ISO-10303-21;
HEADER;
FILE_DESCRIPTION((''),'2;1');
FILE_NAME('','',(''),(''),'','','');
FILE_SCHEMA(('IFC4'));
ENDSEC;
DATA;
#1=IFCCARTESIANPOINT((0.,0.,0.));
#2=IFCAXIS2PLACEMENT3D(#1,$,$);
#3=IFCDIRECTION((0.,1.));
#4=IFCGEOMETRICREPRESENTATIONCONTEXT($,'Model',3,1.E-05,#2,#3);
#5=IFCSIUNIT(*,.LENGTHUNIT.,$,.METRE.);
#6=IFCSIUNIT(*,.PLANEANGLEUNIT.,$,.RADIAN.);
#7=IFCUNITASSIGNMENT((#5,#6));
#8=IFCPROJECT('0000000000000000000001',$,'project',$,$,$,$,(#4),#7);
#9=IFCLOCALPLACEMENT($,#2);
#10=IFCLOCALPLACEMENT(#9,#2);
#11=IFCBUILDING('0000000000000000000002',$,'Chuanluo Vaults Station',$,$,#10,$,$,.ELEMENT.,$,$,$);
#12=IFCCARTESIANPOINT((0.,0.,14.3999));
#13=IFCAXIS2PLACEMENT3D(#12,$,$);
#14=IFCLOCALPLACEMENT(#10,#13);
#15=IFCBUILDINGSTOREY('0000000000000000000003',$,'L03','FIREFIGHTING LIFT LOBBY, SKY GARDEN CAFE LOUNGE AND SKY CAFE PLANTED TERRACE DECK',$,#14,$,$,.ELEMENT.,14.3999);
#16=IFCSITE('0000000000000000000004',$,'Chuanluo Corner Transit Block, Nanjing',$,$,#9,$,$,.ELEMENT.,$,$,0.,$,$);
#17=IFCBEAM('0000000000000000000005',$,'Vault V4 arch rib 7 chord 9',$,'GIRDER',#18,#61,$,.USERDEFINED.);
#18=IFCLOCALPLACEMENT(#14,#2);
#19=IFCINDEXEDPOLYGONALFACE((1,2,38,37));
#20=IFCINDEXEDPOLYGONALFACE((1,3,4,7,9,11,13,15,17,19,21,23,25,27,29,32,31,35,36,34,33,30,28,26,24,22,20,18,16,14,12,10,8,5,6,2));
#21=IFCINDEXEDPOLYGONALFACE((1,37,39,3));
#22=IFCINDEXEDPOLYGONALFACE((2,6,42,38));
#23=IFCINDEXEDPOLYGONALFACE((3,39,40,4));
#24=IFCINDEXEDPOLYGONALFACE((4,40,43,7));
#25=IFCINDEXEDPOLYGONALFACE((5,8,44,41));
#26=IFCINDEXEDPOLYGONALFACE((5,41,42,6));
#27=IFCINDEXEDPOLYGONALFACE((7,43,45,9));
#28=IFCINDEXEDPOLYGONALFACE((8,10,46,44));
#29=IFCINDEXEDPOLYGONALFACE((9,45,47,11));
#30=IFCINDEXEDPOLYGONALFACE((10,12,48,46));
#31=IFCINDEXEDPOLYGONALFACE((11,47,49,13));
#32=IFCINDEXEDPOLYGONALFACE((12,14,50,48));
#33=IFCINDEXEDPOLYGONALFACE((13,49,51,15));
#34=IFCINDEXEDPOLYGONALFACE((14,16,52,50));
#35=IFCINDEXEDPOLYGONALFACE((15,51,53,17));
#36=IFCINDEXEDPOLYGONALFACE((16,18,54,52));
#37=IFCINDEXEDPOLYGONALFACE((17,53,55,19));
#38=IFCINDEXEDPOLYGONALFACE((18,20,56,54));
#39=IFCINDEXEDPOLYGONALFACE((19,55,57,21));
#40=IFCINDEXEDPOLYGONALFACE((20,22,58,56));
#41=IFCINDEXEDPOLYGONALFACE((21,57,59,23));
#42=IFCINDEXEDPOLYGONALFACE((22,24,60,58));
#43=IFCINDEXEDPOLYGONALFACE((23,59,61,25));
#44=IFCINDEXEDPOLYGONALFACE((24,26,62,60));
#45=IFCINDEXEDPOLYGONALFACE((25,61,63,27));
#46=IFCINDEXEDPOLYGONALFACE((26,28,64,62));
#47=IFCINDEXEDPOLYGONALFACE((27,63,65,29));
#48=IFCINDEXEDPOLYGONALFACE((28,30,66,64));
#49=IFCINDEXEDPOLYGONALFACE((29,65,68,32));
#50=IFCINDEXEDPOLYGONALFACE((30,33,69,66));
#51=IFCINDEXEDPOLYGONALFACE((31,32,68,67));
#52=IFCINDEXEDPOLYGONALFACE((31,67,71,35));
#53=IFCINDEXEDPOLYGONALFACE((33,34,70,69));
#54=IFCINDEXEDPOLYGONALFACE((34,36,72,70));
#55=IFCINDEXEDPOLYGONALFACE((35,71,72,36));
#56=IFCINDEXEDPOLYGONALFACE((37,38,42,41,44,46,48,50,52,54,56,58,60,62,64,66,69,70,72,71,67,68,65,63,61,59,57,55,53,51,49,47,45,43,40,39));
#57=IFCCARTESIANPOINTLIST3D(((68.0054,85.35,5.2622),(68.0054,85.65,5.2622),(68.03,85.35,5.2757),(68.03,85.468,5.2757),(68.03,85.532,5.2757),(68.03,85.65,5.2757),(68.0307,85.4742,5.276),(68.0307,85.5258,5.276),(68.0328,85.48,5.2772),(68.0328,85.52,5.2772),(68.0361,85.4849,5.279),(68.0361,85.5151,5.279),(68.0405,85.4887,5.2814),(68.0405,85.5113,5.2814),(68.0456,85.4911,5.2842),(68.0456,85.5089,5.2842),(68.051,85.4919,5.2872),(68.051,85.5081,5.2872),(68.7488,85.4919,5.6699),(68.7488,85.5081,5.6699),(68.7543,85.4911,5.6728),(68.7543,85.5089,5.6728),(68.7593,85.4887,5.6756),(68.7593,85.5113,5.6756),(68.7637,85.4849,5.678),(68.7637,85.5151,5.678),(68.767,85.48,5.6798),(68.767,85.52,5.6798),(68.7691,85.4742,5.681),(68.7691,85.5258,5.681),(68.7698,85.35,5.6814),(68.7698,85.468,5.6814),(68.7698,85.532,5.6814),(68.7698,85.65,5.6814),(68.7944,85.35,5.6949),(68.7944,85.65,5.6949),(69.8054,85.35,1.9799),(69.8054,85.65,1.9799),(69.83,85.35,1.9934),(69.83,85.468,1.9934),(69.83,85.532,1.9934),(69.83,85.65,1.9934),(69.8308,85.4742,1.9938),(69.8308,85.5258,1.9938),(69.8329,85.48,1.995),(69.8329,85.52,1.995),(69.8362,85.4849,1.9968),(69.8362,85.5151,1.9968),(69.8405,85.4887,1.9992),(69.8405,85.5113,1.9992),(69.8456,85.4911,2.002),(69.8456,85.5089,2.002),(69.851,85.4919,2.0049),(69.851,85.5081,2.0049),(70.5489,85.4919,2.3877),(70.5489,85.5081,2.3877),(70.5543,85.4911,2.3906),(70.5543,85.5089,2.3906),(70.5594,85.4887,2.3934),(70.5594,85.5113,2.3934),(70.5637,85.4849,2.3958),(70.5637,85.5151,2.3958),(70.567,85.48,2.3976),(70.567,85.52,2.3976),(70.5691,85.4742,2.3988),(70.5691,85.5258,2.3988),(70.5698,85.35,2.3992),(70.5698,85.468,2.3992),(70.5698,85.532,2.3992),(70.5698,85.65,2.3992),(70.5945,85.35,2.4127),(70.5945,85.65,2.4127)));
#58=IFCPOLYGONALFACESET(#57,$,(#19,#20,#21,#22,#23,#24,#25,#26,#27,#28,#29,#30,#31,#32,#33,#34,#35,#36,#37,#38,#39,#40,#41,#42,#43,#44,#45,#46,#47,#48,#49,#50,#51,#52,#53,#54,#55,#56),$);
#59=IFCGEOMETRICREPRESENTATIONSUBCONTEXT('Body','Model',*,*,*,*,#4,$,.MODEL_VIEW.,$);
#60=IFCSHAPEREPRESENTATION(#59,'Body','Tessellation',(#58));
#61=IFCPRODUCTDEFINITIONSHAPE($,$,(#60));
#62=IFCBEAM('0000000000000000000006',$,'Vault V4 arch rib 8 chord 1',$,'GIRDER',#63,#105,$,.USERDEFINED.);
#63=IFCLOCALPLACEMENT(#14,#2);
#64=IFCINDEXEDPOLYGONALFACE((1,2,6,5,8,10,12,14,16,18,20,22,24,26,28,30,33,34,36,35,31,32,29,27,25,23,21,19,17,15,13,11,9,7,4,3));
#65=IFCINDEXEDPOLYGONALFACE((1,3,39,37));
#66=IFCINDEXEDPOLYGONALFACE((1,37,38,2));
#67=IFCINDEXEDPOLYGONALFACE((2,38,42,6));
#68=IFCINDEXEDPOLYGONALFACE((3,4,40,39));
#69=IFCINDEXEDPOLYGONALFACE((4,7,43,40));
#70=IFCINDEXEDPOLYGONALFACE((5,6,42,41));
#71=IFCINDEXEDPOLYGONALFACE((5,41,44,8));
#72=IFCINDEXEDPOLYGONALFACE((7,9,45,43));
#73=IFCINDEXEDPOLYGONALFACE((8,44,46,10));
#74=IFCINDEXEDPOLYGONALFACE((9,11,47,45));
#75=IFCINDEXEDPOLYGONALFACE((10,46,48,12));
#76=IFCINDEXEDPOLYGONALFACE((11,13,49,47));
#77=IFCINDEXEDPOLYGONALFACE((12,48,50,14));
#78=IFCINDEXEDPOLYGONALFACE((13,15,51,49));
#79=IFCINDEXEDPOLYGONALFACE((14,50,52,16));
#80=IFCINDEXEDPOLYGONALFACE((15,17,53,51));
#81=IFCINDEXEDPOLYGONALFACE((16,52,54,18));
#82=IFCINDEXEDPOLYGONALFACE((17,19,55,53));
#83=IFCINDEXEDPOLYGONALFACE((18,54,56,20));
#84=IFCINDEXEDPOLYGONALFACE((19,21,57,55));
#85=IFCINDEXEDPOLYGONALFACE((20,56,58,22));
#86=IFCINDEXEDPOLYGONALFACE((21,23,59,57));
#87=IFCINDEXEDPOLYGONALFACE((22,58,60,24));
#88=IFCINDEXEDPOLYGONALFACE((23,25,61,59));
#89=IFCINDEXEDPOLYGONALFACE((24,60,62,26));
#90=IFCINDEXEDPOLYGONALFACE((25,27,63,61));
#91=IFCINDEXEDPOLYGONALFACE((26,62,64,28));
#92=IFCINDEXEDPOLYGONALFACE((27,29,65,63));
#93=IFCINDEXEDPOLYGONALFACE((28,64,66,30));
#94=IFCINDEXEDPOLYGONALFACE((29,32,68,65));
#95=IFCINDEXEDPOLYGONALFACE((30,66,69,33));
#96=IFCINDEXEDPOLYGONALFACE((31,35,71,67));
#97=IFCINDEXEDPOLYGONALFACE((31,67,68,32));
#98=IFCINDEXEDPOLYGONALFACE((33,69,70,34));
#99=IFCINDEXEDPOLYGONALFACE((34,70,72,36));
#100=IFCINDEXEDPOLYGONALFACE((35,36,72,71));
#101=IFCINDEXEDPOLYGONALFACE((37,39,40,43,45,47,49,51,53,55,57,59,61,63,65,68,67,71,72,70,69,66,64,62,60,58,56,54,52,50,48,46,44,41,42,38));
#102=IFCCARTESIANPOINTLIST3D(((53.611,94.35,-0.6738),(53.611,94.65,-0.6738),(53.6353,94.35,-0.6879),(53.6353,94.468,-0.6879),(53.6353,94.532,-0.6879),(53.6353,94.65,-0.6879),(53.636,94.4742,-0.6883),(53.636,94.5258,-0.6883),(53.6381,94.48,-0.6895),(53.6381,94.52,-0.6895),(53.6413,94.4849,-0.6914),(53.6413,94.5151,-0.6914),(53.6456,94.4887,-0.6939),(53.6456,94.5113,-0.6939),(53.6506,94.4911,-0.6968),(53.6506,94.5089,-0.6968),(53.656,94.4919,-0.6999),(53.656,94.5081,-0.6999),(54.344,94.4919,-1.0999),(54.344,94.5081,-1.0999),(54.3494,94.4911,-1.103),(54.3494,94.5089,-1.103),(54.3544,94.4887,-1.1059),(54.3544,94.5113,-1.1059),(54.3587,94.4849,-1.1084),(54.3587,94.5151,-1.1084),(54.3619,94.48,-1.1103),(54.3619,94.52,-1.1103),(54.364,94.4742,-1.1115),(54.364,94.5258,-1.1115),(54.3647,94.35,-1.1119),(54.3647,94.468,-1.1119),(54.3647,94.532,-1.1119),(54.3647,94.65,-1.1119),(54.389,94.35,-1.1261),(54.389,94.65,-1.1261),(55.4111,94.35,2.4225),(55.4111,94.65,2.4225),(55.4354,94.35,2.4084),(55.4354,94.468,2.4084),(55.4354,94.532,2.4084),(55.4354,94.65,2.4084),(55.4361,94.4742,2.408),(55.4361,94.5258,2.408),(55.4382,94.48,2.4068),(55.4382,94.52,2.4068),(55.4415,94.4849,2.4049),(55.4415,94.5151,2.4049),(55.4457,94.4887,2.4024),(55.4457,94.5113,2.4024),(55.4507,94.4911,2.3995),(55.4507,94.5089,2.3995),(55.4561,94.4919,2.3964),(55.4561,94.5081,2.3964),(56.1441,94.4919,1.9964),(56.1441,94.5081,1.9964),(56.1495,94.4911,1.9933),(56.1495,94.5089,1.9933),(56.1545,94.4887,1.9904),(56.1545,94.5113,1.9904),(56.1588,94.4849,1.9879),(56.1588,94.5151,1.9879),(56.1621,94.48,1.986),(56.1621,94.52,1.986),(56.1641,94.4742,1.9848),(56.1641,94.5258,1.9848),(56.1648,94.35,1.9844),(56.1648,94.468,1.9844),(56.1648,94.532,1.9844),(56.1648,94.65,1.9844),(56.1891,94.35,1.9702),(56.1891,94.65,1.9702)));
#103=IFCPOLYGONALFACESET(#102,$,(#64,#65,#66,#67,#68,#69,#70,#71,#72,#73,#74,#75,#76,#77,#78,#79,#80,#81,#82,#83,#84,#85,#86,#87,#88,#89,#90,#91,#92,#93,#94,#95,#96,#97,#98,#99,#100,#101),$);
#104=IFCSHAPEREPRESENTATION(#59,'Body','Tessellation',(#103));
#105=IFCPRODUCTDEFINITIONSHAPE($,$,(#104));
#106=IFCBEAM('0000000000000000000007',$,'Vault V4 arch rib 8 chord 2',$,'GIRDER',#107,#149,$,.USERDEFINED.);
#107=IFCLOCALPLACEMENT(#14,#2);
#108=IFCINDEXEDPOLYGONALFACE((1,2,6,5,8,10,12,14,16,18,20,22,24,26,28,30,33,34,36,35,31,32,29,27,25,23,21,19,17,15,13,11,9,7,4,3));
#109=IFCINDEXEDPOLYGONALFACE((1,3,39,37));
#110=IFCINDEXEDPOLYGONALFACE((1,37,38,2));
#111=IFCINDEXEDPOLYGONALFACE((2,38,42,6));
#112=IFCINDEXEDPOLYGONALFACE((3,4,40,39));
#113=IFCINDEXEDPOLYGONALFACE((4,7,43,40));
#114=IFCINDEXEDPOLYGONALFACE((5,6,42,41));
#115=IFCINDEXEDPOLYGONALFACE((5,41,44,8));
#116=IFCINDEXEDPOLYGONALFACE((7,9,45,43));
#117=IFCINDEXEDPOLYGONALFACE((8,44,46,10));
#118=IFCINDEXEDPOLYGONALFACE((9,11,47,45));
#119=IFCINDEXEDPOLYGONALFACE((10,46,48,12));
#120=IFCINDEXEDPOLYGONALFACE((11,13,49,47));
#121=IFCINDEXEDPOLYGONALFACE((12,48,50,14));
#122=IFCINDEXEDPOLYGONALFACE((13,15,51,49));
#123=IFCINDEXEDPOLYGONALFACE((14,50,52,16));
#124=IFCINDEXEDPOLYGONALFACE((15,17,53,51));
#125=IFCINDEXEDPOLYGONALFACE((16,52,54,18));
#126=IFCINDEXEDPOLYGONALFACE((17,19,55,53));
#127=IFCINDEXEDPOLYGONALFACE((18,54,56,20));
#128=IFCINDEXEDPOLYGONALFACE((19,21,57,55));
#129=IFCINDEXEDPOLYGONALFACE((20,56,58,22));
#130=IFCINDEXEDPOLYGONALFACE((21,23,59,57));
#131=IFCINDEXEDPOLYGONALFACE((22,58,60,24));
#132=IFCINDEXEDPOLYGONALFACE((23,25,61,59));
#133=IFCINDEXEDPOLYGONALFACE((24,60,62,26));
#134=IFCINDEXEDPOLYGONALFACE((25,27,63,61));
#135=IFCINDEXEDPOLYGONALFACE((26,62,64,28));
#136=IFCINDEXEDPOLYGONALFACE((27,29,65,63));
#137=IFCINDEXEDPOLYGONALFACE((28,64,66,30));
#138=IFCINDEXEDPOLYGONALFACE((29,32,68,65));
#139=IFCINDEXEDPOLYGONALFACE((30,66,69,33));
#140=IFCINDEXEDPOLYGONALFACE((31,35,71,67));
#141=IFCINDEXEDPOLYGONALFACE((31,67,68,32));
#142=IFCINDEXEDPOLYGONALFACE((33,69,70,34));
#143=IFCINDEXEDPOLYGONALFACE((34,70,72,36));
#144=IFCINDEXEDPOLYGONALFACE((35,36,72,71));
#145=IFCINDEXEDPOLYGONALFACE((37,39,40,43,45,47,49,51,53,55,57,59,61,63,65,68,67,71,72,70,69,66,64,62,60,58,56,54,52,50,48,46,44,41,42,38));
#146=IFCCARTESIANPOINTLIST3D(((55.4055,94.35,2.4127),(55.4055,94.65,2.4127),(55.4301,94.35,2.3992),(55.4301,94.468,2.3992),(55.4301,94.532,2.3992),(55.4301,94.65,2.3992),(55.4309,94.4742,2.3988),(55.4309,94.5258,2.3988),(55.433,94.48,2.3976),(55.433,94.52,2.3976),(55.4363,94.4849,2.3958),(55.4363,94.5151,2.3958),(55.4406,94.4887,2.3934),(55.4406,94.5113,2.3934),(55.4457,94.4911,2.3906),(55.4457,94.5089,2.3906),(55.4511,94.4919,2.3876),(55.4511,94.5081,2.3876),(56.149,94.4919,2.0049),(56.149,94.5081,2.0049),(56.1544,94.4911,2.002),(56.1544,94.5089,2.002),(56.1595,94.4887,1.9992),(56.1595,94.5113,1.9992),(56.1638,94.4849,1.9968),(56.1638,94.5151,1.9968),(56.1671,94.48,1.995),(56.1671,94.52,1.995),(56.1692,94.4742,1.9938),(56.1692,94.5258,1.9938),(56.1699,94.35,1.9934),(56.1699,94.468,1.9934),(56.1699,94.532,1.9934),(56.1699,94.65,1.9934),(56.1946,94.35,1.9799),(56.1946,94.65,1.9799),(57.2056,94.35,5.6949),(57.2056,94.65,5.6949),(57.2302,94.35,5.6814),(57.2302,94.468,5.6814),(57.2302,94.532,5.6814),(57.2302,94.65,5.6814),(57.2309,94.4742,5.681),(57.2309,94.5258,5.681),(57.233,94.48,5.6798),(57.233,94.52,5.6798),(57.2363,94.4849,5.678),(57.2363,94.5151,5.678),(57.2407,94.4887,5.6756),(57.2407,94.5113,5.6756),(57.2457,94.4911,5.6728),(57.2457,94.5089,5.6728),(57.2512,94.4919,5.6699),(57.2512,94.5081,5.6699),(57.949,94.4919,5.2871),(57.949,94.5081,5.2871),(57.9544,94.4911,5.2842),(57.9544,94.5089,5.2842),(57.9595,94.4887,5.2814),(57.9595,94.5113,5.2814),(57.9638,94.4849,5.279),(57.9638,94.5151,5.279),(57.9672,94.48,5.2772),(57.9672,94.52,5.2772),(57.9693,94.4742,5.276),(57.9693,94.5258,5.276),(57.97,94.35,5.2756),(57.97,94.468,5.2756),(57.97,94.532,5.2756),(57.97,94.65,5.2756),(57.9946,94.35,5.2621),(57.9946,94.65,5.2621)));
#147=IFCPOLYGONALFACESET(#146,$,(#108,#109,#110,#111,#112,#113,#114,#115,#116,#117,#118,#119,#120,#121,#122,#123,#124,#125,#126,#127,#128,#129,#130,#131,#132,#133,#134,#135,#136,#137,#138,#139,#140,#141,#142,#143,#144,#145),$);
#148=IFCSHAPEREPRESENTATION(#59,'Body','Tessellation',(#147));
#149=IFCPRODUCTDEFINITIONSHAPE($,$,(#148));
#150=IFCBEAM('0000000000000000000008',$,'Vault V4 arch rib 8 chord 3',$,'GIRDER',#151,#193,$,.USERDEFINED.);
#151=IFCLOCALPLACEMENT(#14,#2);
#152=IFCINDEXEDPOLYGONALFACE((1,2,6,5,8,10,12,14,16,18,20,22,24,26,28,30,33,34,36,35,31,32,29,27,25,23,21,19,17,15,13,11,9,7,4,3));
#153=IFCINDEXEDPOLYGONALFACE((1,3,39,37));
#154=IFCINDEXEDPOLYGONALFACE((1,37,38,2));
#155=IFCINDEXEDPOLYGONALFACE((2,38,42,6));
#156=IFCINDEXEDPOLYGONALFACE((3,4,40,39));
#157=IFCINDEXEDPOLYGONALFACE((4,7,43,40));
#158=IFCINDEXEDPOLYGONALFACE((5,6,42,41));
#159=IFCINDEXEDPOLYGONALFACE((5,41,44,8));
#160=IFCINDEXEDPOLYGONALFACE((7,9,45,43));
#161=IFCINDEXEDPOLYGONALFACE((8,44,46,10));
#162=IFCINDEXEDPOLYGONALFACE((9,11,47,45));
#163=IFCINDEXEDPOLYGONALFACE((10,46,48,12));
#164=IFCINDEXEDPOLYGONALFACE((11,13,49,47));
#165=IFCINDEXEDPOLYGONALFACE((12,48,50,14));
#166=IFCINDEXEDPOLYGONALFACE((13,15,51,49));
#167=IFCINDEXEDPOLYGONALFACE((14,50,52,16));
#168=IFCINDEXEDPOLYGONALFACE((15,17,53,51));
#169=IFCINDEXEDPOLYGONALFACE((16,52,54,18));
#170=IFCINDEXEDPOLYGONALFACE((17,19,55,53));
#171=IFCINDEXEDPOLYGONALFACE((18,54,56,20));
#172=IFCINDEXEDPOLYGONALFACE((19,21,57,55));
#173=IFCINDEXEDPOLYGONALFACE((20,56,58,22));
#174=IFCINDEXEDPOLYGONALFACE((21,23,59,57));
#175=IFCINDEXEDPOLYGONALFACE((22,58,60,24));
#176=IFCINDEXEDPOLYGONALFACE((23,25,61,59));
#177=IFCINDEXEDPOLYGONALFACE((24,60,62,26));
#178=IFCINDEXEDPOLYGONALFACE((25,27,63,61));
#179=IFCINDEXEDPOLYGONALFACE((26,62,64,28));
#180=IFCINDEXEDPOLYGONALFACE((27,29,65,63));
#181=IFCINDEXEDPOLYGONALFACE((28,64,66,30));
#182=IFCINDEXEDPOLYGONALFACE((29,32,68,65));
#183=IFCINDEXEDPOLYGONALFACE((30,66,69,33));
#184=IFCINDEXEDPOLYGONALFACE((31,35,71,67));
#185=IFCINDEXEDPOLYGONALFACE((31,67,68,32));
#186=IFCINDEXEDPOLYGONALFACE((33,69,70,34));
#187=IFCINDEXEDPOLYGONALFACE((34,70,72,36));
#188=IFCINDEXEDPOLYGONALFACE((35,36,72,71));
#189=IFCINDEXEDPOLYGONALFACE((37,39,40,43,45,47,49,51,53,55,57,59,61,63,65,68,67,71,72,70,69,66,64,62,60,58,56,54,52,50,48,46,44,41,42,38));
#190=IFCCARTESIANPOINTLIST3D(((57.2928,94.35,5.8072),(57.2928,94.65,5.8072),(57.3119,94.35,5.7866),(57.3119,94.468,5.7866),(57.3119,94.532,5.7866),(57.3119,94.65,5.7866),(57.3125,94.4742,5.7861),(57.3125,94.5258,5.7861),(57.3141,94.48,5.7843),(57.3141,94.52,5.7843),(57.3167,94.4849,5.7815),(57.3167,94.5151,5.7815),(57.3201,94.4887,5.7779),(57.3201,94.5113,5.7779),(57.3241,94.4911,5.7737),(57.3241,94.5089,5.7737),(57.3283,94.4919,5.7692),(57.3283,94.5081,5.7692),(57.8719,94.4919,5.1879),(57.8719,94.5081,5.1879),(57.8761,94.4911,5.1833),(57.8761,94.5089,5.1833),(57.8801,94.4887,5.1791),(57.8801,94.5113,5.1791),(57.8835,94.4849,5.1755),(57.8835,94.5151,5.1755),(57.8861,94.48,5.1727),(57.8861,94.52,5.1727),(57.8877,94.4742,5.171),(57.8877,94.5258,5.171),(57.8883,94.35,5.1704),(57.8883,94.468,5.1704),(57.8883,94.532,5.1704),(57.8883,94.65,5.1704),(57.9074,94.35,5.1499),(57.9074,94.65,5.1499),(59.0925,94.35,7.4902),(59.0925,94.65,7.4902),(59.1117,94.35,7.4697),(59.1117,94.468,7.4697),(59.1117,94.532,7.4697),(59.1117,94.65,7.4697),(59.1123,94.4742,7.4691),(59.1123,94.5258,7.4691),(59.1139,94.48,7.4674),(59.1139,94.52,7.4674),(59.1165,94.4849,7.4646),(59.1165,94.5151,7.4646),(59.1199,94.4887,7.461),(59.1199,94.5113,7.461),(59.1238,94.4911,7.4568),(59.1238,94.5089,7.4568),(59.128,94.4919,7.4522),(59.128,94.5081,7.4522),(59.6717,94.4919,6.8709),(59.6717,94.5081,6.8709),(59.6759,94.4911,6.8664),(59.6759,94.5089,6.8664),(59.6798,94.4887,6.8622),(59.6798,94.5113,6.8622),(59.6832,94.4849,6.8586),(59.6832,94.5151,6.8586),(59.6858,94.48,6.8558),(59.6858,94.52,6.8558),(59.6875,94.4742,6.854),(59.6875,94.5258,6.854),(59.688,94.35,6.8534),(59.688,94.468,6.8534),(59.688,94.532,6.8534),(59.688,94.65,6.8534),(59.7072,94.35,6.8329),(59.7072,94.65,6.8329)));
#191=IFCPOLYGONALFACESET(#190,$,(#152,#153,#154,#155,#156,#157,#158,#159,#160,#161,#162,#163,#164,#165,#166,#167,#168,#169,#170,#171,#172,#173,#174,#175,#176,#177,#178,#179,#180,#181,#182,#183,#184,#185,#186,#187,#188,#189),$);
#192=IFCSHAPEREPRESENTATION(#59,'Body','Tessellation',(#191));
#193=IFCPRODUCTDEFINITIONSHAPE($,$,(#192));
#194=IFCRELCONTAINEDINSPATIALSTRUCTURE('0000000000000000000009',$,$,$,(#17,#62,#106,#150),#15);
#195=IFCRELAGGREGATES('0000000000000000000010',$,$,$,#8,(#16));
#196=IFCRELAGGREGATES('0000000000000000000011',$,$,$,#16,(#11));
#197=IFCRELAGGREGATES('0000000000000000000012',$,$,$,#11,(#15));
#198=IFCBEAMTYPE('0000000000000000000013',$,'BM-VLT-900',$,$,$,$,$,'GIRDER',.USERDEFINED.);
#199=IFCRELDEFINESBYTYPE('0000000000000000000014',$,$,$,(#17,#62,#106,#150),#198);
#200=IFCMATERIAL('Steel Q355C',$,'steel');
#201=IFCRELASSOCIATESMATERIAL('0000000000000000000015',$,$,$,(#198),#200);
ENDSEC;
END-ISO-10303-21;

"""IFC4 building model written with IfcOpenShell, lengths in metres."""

from ifc_helpers import new_model, si_unit, direction, frame, origin, origin_2d, place, context, subcontext, project, spatial, i_section, extrude, material, material_profile, profile_set, type_object, element, save


model = new_model("IFC4")

# Units and contexts
model_context = context("Model", 3, precision=1e-05, world=origin(), true_north=direction((0.0, 1.0)))
body_context = subcontext(model_context, "Body", "Model", "MODEL_VIEW")
ifc_project = project(units=[si_unit("LENGTHUNIT", "METRE"), si_unit("PLANEANGLEUNIT", "RADIAN")], contexts=[model_context])

# Site, building, storey
site_placement = place(None, origin())
site = spatial("IfcSite", under=ifc_project, at=site_placement, Name="Chuanluo Corner Transit Block, Nanjing", CompositionType="ELEMENT", RefElevation=0.0)
building_placement = place(site_placement, origin())
building = spatial("IfcBuilding", under=site, at=building_placement, Name="Chuanluo Vaults Station", CompositionType="ELEMENT")
storey_placement = place(building_placement, frame((0.0, 0.0, 14.3999)))
storey = spatial("IfcBuildingStorey", under=building, at=storey_placement, Name="L03", Description="FIREFIGHTING LIFT LOBBY, SKY GARDEN CAFE LOUNGE AND SKY CAFE PLANTED TERRACE DECK", CompositionType="ELEMENT", Elevation=14.3999)

# Beams
ifc_material_1 = material(Name="Steel Q355C", Category="steel")
ifc_material_profile_1 = material_profile(ifc_material_1, i_section(OverallWidth=0.3, OverallDepth=0.8999, WebThickness=0.0161, FlangeThickness=0.0281, FilletRadius=0.0239, at=origin_2d()))
ifc_profile_set_1 = profile_set([ifc_material_profile_1], Name="Steel Q355C")
beam_type_1 = type_object("IfcBeamType", Name="BM-VLT-900", ElementType="GIRDER", PredefinedType="USERDEFINED", material=ifc_profile_set_1)
beam_1_placement = place(storey_placement, frame((68.3999, 85.5, 5.4785), z_axis=(0.480857, 0.0, -0.876799), x_axis=(0.0, 1.0, 0.0)))
element("IfcBeam", 1, at=beam_1_placement, inside=storey, type_object=beam_type_1, Name="Vault V4 arch rib 7 chord 9", ObjectType="GIRDER", PredefinedType="USERDEFINED", context=body_context, shape_type="SweptSolid", body=[
    extrude(i_section(OverallWidth=0.3, OverallDepth=0.8999, WebThickness=0.0161, FlangeThickness=0.0281, FilletRadius=0.0239, at=origin_2d()), origin(), (0.0, 0.0, 1.0), 3.7434),
])
beam_2_placement = place(storey_placement, frame((54.0, 94.5, -0.8999), z_axis=(0.502607, 0.0, 0.864515), x_axis=(0.0, 1.0, 0.0)))
element("IfcBeam", 2, at=beam_2_placement, inside=storey, type_object=beam_type_1, Name="Vault V4 arch rib 8 chord 1", ObjectType="GIRDER", PredefinedType="USERDEFINED", context=body_context, shape_type="SweptSolid", body=[
    extrude(i_section(OverallWidth=0.3, OverallDepth=0.8999, WebThickness=0.0161, FlangeThickness=0.0281, FilletRadius=0.0239, at=origin_2d()), origin(), (0.0, 0.0, 1.0), 3.5815),
])
beam_3_placement = place(storey_placement, frame((55.8, 94.5, 2.1963), z_axis=(0.480857, 0.0, 0.876799), x_axis=(0.0, 1.0, 0.0)))
element("IfcBeam", 3, at=beam_3_placement, inside=storey, type_object=beam_type_1, Name="Vault V4 arch rib 8 chord 2", ObjectType="GIRDER", PredefinedType="USERDEFINED", context=body_context, shape_type="SweptSolid", body=[
    extrude(i_section(OverallWidth=0.3, OverallDepth=0.8999, WebThickness=0.0161, FlangeThickness=0.0281, FilletRadius=0.0239, at=origin_2d()), origin(), (0.0, 0.0, 1.0), 3.7434),
])
beam_4_placement = place(storey_placement, frame((57.6001, 94.5, 5.4785), z_axis=(0.730389, 0.0, 0.683031), x_axis=(0.0, 1.0, 0.0)))
element("IfcBeam", 4, at=beam_4_placement, inside=storey, type_object=beam_type_1, Name="Vault V4 arch rib 8 chord 3", ObjectType="GIRDER", PredefinedType="USERDEFINED", context=body_context, shape_type="SweptSolid", body=[
    extrude(i_section(OverallWidth=0.3, OverallDepth=0.8999, WebThickness=0.0161, FlangeThickness=0.0281, FilletRadius=0.0239, at=origin_2d()), origin(), (0.0, 0.0, 1.0), 2.4641),
])

save(model, "model.ifc")
